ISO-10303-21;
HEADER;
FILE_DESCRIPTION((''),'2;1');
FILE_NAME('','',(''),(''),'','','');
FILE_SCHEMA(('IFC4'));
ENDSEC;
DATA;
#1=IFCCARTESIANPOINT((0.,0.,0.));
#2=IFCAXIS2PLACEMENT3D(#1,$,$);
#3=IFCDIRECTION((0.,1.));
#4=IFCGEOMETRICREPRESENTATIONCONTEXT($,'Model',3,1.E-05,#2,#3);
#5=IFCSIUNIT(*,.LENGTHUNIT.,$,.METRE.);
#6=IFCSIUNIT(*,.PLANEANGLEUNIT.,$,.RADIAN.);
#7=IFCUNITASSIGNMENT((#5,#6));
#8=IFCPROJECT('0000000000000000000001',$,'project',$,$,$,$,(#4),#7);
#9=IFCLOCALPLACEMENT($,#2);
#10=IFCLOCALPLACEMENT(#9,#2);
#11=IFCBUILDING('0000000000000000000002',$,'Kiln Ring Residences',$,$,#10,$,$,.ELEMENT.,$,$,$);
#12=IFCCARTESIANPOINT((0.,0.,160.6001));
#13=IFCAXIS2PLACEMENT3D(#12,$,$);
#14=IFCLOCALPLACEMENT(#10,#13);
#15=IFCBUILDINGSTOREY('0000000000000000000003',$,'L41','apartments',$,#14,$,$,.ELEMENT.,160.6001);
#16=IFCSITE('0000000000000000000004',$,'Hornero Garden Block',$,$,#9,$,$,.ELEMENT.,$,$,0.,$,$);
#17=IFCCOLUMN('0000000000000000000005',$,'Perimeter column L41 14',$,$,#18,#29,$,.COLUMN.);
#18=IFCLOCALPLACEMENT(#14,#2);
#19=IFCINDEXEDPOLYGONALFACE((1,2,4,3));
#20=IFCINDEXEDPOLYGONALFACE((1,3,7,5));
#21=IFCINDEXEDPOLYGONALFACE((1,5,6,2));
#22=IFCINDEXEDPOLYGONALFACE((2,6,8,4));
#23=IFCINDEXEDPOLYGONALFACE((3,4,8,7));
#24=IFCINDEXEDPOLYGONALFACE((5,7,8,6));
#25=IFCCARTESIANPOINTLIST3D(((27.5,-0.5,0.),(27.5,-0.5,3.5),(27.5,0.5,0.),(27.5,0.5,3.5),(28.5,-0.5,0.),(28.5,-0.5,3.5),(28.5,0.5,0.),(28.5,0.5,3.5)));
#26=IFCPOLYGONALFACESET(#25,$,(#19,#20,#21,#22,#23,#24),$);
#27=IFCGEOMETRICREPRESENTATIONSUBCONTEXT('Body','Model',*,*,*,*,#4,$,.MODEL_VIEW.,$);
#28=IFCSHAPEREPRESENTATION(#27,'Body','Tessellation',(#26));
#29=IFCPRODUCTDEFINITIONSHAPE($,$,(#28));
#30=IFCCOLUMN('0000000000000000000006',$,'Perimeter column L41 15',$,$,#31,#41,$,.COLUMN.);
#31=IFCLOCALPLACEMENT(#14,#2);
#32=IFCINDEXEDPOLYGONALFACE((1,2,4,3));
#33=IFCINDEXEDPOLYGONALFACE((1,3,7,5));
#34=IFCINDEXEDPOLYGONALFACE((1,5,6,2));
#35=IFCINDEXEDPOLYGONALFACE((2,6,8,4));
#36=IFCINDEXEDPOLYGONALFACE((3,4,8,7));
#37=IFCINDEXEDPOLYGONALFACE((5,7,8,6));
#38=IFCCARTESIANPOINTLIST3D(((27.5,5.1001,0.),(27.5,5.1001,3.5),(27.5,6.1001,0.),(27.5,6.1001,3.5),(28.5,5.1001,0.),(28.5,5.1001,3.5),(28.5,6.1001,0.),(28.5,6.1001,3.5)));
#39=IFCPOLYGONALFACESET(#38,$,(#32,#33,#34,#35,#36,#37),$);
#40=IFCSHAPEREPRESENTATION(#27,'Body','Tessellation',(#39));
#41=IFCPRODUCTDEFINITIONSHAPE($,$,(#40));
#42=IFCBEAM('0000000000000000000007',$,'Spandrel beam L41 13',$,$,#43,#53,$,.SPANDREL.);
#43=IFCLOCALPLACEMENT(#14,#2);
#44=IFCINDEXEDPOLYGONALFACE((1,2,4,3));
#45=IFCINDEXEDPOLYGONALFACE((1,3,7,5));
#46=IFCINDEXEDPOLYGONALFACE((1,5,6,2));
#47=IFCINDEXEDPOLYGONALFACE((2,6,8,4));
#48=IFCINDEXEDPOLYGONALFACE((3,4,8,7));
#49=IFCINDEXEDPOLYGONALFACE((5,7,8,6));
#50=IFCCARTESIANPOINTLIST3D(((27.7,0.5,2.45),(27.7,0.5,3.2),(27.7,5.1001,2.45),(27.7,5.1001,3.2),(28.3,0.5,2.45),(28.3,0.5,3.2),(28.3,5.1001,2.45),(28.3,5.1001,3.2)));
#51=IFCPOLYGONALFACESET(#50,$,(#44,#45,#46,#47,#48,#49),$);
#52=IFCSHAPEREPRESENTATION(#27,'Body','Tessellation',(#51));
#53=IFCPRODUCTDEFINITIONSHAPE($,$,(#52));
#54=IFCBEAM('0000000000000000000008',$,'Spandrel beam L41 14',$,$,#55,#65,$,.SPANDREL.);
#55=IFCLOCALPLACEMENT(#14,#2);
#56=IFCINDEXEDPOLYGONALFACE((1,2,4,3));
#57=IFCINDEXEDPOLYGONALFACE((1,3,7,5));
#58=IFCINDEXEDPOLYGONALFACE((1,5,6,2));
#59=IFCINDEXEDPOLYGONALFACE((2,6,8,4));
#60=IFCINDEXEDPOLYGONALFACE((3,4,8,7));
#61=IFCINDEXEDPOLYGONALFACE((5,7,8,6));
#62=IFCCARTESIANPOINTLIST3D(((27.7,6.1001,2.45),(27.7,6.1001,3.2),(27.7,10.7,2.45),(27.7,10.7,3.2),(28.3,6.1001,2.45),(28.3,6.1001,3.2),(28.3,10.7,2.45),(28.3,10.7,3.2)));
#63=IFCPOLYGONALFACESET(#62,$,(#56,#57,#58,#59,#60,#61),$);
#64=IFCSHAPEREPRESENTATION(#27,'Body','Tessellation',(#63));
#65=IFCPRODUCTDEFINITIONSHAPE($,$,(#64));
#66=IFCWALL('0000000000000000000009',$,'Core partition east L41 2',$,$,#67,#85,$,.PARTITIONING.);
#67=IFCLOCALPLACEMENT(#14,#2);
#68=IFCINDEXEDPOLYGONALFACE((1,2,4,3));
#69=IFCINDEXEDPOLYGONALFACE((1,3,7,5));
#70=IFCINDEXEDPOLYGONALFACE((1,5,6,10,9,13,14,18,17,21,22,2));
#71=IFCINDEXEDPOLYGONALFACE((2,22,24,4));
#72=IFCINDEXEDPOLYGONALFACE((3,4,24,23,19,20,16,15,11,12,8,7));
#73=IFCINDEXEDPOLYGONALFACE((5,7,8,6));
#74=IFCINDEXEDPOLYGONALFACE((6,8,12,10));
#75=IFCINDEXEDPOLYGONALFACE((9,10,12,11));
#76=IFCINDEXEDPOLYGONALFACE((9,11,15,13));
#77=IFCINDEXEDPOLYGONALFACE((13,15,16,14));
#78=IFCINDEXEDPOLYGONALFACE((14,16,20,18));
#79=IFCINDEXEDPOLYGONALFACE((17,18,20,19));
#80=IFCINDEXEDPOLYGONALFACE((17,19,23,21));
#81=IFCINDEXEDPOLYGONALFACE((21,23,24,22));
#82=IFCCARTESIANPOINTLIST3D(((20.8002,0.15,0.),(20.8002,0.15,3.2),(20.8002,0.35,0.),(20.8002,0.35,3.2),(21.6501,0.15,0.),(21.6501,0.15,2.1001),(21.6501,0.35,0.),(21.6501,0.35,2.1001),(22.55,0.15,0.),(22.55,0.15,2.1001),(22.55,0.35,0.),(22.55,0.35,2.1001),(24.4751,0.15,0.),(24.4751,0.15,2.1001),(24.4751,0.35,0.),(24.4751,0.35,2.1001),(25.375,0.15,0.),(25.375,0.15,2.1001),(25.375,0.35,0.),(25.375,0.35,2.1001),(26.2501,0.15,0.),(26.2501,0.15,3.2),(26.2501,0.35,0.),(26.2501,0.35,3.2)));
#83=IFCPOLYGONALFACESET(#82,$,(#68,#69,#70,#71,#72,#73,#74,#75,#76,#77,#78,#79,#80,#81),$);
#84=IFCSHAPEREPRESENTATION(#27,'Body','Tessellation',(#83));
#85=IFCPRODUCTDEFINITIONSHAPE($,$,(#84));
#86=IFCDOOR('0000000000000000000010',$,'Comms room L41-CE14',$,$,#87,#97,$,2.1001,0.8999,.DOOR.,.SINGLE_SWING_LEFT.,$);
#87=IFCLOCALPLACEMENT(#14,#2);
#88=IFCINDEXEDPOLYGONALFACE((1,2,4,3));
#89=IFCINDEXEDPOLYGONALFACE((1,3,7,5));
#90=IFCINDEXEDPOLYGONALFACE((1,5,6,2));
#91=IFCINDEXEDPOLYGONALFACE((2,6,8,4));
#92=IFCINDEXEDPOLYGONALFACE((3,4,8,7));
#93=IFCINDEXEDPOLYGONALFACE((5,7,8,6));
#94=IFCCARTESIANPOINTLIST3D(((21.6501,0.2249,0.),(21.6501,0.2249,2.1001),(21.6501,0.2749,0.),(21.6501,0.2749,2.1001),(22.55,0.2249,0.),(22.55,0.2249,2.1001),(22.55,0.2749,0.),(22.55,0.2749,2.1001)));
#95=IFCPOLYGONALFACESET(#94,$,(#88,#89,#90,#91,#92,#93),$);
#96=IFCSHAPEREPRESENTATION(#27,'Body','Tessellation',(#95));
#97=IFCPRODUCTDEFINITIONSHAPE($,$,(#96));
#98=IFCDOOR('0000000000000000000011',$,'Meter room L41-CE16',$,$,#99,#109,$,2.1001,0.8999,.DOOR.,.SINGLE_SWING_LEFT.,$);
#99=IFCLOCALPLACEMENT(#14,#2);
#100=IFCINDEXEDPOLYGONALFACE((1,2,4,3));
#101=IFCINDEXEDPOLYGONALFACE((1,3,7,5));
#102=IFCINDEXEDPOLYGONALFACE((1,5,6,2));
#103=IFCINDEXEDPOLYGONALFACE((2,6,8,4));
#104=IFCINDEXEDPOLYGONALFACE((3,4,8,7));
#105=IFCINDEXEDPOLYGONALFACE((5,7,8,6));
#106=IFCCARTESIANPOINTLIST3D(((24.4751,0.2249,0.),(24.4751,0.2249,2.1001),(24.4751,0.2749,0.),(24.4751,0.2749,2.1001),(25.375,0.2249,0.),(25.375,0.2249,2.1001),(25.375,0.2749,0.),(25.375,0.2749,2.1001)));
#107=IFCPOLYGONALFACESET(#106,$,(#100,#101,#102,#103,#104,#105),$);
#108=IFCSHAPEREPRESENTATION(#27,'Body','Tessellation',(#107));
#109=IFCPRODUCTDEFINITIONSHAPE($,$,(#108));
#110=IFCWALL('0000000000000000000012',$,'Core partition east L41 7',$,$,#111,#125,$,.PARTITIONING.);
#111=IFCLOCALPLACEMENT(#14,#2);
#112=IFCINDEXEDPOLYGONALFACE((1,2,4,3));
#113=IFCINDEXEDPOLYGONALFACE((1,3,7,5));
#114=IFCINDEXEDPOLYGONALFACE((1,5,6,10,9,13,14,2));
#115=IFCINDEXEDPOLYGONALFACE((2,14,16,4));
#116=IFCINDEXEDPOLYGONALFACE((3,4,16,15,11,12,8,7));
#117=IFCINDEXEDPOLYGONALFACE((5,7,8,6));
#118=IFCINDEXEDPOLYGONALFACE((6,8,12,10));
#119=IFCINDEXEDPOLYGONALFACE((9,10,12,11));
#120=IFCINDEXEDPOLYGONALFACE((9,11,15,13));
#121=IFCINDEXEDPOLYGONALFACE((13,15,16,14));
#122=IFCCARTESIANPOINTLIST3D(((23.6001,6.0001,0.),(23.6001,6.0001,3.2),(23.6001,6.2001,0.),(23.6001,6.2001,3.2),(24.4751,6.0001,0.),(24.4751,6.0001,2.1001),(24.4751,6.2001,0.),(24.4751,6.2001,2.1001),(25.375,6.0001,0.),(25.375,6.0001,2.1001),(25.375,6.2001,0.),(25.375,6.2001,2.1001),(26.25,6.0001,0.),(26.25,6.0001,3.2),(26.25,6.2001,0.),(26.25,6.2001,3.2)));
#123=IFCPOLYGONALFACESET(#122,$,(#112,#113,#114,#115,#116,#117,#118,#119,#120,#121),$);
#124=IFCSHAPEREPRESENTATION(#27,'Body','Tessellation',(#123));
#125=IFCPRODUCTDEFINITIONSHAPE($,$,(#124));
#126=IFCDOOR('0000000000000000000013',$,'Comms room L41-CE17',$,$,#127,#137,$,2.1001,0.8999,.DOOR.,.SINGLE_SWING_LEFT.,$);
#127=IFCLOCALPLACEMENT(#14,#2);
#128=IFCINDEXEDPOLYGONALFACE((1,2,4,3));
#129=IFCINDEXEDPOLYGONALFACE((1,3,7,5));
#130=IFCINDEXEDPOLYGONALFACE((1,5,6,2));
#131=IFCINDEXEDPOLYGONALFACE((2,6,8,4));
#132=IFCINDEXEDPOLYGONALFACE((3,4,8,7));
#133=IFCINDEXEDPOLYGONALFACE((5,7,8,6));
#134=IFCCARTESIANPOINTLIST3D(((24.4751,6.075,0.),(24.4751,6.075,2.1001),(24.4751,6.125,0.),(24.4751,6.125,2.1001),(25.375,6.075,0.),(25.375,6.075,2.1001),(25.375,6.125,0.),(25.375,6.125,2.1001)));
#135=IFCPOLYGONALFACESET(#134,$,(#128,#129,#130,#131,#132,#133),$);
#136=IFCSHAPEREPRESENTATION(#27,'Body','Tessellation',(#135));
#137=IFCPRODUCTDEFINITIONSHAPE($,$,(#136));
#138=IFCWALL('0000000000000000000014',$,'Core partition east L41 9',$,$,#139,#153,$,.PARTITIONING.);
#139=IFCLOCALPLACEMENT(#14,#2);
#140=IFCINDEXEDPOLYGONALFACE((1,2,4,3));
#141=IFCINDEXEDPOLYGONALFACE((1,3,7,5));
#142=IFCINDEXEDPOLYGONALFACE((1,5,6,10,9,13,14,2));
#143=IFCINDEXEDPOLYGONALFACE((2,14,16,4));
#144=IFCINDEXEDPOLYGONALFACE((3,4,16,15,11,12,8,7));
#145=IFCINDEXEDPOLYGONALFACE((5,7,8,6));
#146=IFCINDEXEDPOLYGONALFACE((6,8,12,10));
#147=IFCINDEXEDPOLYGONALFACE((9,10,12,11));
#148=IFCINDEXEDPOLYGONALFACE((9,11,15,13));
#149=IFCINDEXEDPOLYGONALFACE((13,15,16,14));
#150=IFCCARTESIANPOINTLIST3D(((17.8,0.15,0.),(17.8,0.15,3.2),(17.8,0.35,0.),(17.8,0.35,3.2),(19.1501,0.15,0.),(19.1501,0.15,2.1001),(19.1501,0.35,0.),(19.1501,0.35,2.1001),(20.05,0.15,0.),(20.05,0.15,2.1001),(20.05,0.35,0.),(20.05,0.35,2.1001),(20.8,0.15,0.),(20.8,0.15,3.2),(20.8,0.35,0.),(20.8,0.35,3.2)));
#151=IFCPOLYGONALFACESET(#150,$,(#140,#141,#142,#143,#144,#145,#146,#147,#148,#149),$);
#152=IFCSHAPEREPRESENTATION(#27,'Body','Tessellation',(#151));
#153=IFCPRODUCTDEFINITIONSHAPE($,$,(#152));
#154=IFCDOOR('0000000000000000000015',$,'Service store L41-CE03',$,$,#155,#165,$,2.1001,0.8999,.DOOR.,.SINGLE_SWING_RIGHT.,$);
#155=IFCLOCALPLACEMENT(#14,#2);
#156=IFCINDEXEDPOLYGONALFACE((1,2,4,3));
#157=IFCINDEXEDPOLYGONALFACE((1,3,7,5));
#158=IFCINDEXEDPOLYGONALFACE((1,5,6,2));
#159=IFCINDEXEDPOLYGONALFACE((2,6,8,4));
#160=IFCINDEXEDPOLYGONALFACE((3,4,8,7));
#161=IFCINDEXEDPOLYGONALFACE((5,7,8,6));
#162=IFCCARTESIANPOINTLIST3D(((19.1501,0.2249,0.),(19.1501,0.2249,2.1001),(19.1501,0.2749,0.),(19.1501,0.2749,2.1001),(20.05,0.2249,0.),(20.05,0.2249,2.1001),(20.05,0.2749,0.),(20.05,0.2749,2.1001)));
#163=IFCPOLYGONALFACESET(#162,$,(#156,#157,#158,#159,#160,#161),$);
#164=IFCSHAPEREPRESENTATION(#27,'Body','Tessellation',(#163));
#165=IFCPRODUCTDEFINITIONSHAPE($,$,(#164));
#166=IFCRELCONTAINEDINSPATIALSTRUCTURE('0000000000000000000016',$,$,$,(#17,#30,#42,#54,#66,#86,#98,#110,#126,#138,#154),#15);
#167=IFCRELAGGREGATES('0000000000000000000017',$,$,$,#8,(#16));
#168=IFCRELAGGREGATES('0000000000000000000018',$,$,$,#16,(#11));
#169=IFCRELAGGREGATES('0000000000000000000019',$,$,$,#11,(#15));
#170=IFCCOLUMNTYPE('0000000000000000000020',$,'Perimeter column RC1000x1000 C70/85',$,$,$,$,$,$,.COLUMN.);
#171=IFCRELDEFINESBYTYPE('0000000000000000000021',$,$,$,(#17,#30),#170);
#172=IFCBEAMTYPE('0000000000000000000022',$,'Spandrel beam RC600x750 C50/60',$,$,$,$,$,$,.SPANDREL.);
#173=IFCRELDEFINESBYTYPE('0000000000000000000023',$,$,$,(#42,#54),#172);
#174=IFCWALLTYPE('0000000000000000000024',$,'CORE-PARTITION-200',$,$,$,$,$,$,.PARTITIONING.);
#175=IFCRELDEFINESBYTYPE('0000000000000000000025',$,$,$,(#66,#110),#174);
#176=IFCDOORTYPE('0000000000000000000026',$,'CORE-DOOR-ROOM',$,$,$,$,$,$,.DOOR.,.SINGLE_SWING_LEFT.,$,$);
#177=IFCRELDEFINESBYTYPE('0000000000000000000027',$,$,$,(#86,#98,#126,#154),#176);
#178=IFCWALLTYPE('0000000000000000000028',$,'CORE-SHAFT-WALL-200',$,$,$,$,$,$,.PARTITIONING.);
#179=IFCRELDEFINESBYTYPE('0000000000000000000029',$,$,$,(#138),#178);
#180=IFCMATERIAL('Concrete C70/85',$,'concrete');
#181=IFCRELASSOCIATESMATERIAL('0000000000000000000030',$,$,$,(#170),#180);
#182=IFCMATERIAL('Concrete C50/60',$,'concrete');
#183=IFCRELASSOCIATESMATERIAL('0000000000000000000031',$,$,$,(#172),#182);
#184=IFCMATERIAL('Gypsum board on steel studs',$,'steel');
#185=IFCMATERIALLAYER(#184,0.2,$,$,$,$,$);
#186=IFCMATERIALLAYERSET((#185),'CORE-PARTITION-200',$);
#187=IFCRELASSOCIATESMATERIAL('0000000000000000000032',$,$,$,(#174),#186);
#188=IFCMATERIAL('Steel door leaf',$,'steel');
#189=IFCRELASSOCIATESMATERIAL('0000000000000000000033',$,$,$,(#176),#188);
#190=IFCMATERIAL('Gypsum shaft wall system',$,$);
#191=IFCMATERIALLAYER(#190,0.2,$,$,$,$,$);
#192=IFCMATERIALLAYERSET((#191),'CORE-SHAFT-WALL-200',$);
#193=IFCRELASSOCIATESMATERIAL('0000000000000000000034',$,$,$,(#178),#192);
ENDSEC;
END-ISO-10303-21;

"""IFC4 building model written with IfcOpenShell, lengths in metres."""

from ifc_helpers import new_model, si_unit, direction, frame, frame_2d, origin, origin_2d, place, context, subcontext, project, spatial, rectangle, extrude, material, layer, layer_set, material_profile, profile_set, type_object, element, fill, save


model = new_model("IFC4")

# Units and contexts
model_context = context("Model", 3, precision=1e-05, world=origin(), true_north=direction((0.0, 1.0)))
body_context = subcontext(model_context, "Body", "Model", "MODEL_VIEW")
ifc_project = project(units=[si_unit("LENGTHUNIT", "METRE"), si_unit("PLANEANGLEUNIT", "RADIAN")], contexts=[model_context])

# Site, building, storey
site_placement = place(None, origin())
site = spatial("IfcSite", under=ifc_project, at=site_placement, Name="Hornero Garden Block", CompositionType="ELEMENT", RefElevation=0.0)
building_placement = place(site_placement, origin())
building = spatial("IfcBuilding", under=site, at=building_placement, Name="Kiln Ring Residences", CompositionType="ELEMENT")
storey_placement = place(building_placement, frame((0.0, 0.0, 160.6001)))
storey = spatial("IfcBuildingStorey", under=building, at=storey_placement, Name="L41", Description="apartments", CompositionType="ELEMENT", Elevation=160.6001)

# Columns
ifc_material_1 = material(Name="Concrete C70/85", Category="concrete")
ifc_material_profile_1 = material_profile(ifc_material_1, rectangle(XDim=1.0, YDim=1.0, at=origin_2d()), Name="RC1000x1000")
ifc_profile_set_1 = profile_set([ifc_material_profile_1], Name="Concrete C70/85")
column_type = type_object("IfcColumnType", Name="Perimeter column RC1000x1000 C70/85", PredefinedType="COLUMN", material=ifc_profile_set_1)
for number, where, z_axis, x_axis, name in (
    (1, (28.0, 0.0, 0.0), (0.0, 0.0, 1.0), (1.0, 0.0, 0.0), "Perimeter column L41 14"),
    (2, (28.0, 5.6001, 0.0), (0.0, 0.0, 1.0), (1.0, 0.0, 0.0), "Perimeter column L41 15"),
):
    element("IfcColumn", number, at=place(storey_placement, frame(where, z_axis=z_axis, x_axis=x_axis)), inside=storey, type_object=column_type, Name=name, PredefinedType="COLUMN", context=body_context, shape_type="SweptSolid", body=[
        extrude(rectangle(XDim=1.0, YDim=1.0, at=origin_2d()), origin(), (0.0, 0.0, 1.0), 3.5),
    ])

# Beams
ifc_material_2 = material(Name="Concrete C50/60", Category="concrete")
ifc_material_profile_2 = material_profile(ifc_material_2, rectangle(XDim=0.6001, YDim=0.75, at=origin_2d()), Name="RC600x750")
ifc_profile_set_2 = profile_set([ifc_material_profile_2], Name="Concrete C50/60")
beam_type = type_object("IfcBeamType", Name="Spandrel beam RC600x750 C50/60", PredefinedType="SPANDREL", material=ifc_profile_set_2)
beam_1_placement = place(storey_placement, frame((28.0, 0.5, 2.825), z_axis=(0.0, 1.0, 0.0), x_axis=(-1.0, 0.0, 0.0)))
element("IfcBeam", 3, at=beam_1_placement, inside=storey, type_object=beam_type, Name="Spandrel beam L41 13", PredefinedType="SPANDREL", context=body_context, shape_type="SweptSolid", body=[
    extrude(rectangle(XDim=0.6001, YDim=0.75, at=origin_2d()), origin(), (0.0, 0.0, 1.0), 4.6001),
])
beam_2_placement = place(storey_placement, frame((28.0, 6.1001, 2.825), z_axis=(0.0, 1.0, 0.0), x_axis=(-1.0, 0.0, 0.0)))
element("IfcBeam", 4, at=beam_2_placement, inside=storey, type_object=beam_type, Name="Spandrel beam L41 14", PredefinedType="SPANDREL", context=body_context, shape_type="SweptSolid", body=[
    extrude(rectangle(XDim=0.6001, YDim=0.75, at=origin_2d()), origin(), (0.0, 0.0, 1.0), 4.5999),
])

# Wall, openings, doors
ifc_material_3 = material(Name="Gypsum board on steel studs", Category="steel")
ifc_layer_1 = layer(ifc_material_3, 0.2)
ifc_layer_set_1 = layer_set([ifc_layer_1], Name="CORE-PARTITION-200")
wall_type_1 = type_object("IfcWallType", Name="CORE-PARTITION-200", PredefinedType="PARTITIONING", material=ifc_layer_set_1)
wall_1_placement = place(storey_placement, frame((20.8, 0.25, 0.0), z_axis=(0.0, 0.0, 1.0), x_axis=(1.0, 0.0, 0.0)))
wall_1 = element("IfcWall", 5, at=wall_1_placement, inside=storey, type_object=wall_type_1, Name="Core partition east L41 2", PredefinedType="PARTITIONING", context=body_context, shape_type="SweptSolid", body=[
    extrude(rectangle(XDim=5.45, YDim=0.2, at=frame_2d((2.7251, 0.0))), origin(), (0.0, 0.0, 1.0), 3.2),
])
opening_1_placement = place(wall_1_placement, frame((0.8501, 0.0, 0.0)))
opening_1 = element("IfcOpeningElement", 6, at=opening_1_placement, cuts=wall_1, PredefinedType="OPENING", context=body_context, shape_type="SweptSolid", body=[
    extrude(rectangle(XDim=0.8999, YDim=2.1001, at=frame_2d((0.45, 1.05))), frame((0.0, 0.1099, 0.0), z_axis=(0.0, -1.0, 0.0), x_axis=(1.0, 0.0, 0.0)), (0.0, 0.0, 1.0), 0.22),
])
opening_2_placement = place(wall_1_placement, frame((3.675, 0.0, 0.0)))
opening_2 = element("IfcOpeningElement", 7, at=opening_2_placement, cuts=wall_1, PredefinedType="OPENING", context=body_context, shape_type="SweptSolid", body=[
    extrude(rectangle(XDim=0.8999, YDim=2.1001, at=frame_2d((0.45, 1.05))), frame((0.0, 0.1099, 0.0), z_axis=(0.0, -1.0, 0.0), x_axis=(1.0, 0.0, 0.0)), (0.0, 0.0, 1.0), 0.22),
])
ifc_material_4 = material(Name="Steel door leaf", Category="steel")
door_type = type_object("IfcDoorType", Name="CORE-DOOR-ROOM", OperationType="SINGLE_SWING_LEFT", PredefinedType="DOOR", material=ifc_material_4)
door_1_placement = place(opening_1_placement, origin())
door_1 = element("IfcDoor", 8, at=door_1_placement, inside=storey, type_object=door_type, Name="Comms room L41-CE14", OperationType="SINGLE_SWING_LEFT", OverallHeight=2.1001, OverallWidth=0.8999, PredefinedType="DOOR", context=body_context, shape_type="SweptSolid", body=[
    extrude(rectangle(XDim=0.8999, YDim=2.1001, at=frame_2d((0.45, 1.05))), frame((0.0, 0.0249, 0.0), z_axis=(0.0, -1.0, 0.0), x_axis=(1.0, 0.0, 0.0)), (0.0, 0.0, 1.0), 0.05),
])
fill(opening_1, door_1)
door_2_placement = place(opening_2_placement, origin())
door_2 = element("IfcDoor", 9, at=door_2_placement, inside=storey, type_object=door_type, Name="Meter room L41-CE16", OperationType="SINGLE_SWING_LEFT", OverallHeight=2.1001, OverallWidth=0.8999, PredefinedType="DOOR", context=body_context, shape_type="SweptSolid", body=[
    extrude(rectangle(XDim=0.8999, YDim=2.1001, at=frame_2d((0.45, 1.05))), frame((0.0, 0.0249, 0.0), z_axis=(0.0, -1.0, 0.0), x_axis=(1.0, 0.0, 0.0)), (0.0, 0.0, 1.0), 0.05),
])
fill(opening_2, door_2)

# Walls, openings, doors
wall_2_placement = place(storey_placement, frame((23.6001, 6.1001, 0.0), z_axis=(0.0, 0.0, 1.0), x_axis=(1.0, 0.0, 0.0)))
wall_2 = element("IfcWall", 10, at=wall_2_placement, inside=storey, type_object=wall_type_1, Name="Core partition east L41 7", PredefinedType="PARTITIONING", context=body_context, shape_type="SweptSolid", body=[
    extrude(rectangle(XDim=2.6499, YDim=0.2, at=frame_2d((1.325, 0.0))), origin(), (0.0, 0.0, 1.0), 3.2),
])
opening_3_placement = place(wall_2_placement, frame((0.875, 0.0, 0.0)))
opening_3 = element("IfcOpeningElement", 11, at=opening_3_placement, cuts=wall_2, PredefinedType="OPENING", context=body_context, shape_type="SweptSolid", body=[
    extrude(rectangle(XDim=0.8999, YDim=2.1001, at=frame_2d((0.45, 1.05))), frame((0.0, 0.1099, 0.0), z_axis=(0.0, -1.0, 0.0), x_axis=(1.0, 0.0, 0.0)), (0.0, 0.0, 1.0), 0.22),
])
door_3_placement = place(opening_3_placement, origin())
door_3 = element("IfcDoor", 12, at=door_3_placement, inside=storey, type_object=door_type, Name="Comms room L41-CE17", OperationType="SINGLE_SWING_LEFT", OverallHeight=2.1001, OverallWidth=0.8999, PredefinedType="DOOR", context=body_context, shape_type="SweptSolid", body=[
    extrude(rectangle(XDim=0.8999, YDim=2.1001, at=frame_2d((0.45, 1.05))), frame((0.0, 0.0249, 0.0), z_axis=(0.0, -1.0, 0.0), x_axis=(1.0, 0.0, 0.0)), (0.0, 0.0, 1.0), 0.05),
])
fill(opening_3, door_3)
ifc_material_5 = material(Name="Gypsum shaft wall system")
ifc_layer_2 = layer(ifc_material_5, 0.2)
ifc_layer_set_2 = layer_set([ifc_layer_2], Name="CORE-SHAFT-WALL-200")
wall_type_2 = type_object("IfcWallType", Name="CORE-SHAFT-WALL-200", PredefinedType="PARTITIONING", material=ifc_layer_set_2)
wall_3_placement = place(storey_placement, frame((17.8, 0.25, 0.0), z_axis=(0.0, 0.0, 1.0), x_axis=(1.0, 0.0, 0.0)))
wall_3 = element("IfcWall", 13, at=wall_3_placement, inside=storey, type_object=wall_type_2, Name="Core partition east L41 9", PredefinedType="PARTITIONING", context=body_context, shape_type="SweptSolid", body=[
    extrude(rectangle(XDim=3.0, YDim=0.2, at=frame_2d((1.5, 0.0))), origin(), (0.0, 0.0, 1.0), 3.2),
])
opening_4_placement = place(wall_3_placement, frame((1.3501, 0.0, 0.0)))
opening_4 = element("IfcOpeningElement", 14, at=opening_4_placement, cuts=wall_3, PredefinedType="OPENING", context=body_context, shape_type="SweptSolid", body=[
    extrude(rectangle(XDim=0.8999, YDim=2.1001, at=frame_2d((0.45, 1.05))), frame((0.0, 0.1099, 0.0), z_axis=(0.0, -1.0, 0.0), x_axis=(1.0, 0.0, 0.0)), (0.0, 0.0, 1.0), 0.22),
])
door_4_placement = place(opening_4_placement, origin())
door_4 = element("IfcDoor", 15, at=door_4_placement, inside=storey, type_object=door_type, Name="Service store L41-CE03", OperationType="SINGLE_SWING_RIGHT", OverallHeight=2.1001, OverallWidth=0.8999, PredefinedType="DOOR", context=body_context, shape_type="SweptSolid", body=[
    extrude(rectangle(XDim=0.8999, YDim=2.1001, at=frame_2d((0.45, 1.05))), frame((0.0, 0.0249, 0.0), z_axis=(0.0, -1.0, 0.0), x_axis=(1.0, 0.0, 0.0)), (0.0, 0.0, 1.0), 0.05),
])
fill(opening_4, door_4)

save(model, "model.ifc")
